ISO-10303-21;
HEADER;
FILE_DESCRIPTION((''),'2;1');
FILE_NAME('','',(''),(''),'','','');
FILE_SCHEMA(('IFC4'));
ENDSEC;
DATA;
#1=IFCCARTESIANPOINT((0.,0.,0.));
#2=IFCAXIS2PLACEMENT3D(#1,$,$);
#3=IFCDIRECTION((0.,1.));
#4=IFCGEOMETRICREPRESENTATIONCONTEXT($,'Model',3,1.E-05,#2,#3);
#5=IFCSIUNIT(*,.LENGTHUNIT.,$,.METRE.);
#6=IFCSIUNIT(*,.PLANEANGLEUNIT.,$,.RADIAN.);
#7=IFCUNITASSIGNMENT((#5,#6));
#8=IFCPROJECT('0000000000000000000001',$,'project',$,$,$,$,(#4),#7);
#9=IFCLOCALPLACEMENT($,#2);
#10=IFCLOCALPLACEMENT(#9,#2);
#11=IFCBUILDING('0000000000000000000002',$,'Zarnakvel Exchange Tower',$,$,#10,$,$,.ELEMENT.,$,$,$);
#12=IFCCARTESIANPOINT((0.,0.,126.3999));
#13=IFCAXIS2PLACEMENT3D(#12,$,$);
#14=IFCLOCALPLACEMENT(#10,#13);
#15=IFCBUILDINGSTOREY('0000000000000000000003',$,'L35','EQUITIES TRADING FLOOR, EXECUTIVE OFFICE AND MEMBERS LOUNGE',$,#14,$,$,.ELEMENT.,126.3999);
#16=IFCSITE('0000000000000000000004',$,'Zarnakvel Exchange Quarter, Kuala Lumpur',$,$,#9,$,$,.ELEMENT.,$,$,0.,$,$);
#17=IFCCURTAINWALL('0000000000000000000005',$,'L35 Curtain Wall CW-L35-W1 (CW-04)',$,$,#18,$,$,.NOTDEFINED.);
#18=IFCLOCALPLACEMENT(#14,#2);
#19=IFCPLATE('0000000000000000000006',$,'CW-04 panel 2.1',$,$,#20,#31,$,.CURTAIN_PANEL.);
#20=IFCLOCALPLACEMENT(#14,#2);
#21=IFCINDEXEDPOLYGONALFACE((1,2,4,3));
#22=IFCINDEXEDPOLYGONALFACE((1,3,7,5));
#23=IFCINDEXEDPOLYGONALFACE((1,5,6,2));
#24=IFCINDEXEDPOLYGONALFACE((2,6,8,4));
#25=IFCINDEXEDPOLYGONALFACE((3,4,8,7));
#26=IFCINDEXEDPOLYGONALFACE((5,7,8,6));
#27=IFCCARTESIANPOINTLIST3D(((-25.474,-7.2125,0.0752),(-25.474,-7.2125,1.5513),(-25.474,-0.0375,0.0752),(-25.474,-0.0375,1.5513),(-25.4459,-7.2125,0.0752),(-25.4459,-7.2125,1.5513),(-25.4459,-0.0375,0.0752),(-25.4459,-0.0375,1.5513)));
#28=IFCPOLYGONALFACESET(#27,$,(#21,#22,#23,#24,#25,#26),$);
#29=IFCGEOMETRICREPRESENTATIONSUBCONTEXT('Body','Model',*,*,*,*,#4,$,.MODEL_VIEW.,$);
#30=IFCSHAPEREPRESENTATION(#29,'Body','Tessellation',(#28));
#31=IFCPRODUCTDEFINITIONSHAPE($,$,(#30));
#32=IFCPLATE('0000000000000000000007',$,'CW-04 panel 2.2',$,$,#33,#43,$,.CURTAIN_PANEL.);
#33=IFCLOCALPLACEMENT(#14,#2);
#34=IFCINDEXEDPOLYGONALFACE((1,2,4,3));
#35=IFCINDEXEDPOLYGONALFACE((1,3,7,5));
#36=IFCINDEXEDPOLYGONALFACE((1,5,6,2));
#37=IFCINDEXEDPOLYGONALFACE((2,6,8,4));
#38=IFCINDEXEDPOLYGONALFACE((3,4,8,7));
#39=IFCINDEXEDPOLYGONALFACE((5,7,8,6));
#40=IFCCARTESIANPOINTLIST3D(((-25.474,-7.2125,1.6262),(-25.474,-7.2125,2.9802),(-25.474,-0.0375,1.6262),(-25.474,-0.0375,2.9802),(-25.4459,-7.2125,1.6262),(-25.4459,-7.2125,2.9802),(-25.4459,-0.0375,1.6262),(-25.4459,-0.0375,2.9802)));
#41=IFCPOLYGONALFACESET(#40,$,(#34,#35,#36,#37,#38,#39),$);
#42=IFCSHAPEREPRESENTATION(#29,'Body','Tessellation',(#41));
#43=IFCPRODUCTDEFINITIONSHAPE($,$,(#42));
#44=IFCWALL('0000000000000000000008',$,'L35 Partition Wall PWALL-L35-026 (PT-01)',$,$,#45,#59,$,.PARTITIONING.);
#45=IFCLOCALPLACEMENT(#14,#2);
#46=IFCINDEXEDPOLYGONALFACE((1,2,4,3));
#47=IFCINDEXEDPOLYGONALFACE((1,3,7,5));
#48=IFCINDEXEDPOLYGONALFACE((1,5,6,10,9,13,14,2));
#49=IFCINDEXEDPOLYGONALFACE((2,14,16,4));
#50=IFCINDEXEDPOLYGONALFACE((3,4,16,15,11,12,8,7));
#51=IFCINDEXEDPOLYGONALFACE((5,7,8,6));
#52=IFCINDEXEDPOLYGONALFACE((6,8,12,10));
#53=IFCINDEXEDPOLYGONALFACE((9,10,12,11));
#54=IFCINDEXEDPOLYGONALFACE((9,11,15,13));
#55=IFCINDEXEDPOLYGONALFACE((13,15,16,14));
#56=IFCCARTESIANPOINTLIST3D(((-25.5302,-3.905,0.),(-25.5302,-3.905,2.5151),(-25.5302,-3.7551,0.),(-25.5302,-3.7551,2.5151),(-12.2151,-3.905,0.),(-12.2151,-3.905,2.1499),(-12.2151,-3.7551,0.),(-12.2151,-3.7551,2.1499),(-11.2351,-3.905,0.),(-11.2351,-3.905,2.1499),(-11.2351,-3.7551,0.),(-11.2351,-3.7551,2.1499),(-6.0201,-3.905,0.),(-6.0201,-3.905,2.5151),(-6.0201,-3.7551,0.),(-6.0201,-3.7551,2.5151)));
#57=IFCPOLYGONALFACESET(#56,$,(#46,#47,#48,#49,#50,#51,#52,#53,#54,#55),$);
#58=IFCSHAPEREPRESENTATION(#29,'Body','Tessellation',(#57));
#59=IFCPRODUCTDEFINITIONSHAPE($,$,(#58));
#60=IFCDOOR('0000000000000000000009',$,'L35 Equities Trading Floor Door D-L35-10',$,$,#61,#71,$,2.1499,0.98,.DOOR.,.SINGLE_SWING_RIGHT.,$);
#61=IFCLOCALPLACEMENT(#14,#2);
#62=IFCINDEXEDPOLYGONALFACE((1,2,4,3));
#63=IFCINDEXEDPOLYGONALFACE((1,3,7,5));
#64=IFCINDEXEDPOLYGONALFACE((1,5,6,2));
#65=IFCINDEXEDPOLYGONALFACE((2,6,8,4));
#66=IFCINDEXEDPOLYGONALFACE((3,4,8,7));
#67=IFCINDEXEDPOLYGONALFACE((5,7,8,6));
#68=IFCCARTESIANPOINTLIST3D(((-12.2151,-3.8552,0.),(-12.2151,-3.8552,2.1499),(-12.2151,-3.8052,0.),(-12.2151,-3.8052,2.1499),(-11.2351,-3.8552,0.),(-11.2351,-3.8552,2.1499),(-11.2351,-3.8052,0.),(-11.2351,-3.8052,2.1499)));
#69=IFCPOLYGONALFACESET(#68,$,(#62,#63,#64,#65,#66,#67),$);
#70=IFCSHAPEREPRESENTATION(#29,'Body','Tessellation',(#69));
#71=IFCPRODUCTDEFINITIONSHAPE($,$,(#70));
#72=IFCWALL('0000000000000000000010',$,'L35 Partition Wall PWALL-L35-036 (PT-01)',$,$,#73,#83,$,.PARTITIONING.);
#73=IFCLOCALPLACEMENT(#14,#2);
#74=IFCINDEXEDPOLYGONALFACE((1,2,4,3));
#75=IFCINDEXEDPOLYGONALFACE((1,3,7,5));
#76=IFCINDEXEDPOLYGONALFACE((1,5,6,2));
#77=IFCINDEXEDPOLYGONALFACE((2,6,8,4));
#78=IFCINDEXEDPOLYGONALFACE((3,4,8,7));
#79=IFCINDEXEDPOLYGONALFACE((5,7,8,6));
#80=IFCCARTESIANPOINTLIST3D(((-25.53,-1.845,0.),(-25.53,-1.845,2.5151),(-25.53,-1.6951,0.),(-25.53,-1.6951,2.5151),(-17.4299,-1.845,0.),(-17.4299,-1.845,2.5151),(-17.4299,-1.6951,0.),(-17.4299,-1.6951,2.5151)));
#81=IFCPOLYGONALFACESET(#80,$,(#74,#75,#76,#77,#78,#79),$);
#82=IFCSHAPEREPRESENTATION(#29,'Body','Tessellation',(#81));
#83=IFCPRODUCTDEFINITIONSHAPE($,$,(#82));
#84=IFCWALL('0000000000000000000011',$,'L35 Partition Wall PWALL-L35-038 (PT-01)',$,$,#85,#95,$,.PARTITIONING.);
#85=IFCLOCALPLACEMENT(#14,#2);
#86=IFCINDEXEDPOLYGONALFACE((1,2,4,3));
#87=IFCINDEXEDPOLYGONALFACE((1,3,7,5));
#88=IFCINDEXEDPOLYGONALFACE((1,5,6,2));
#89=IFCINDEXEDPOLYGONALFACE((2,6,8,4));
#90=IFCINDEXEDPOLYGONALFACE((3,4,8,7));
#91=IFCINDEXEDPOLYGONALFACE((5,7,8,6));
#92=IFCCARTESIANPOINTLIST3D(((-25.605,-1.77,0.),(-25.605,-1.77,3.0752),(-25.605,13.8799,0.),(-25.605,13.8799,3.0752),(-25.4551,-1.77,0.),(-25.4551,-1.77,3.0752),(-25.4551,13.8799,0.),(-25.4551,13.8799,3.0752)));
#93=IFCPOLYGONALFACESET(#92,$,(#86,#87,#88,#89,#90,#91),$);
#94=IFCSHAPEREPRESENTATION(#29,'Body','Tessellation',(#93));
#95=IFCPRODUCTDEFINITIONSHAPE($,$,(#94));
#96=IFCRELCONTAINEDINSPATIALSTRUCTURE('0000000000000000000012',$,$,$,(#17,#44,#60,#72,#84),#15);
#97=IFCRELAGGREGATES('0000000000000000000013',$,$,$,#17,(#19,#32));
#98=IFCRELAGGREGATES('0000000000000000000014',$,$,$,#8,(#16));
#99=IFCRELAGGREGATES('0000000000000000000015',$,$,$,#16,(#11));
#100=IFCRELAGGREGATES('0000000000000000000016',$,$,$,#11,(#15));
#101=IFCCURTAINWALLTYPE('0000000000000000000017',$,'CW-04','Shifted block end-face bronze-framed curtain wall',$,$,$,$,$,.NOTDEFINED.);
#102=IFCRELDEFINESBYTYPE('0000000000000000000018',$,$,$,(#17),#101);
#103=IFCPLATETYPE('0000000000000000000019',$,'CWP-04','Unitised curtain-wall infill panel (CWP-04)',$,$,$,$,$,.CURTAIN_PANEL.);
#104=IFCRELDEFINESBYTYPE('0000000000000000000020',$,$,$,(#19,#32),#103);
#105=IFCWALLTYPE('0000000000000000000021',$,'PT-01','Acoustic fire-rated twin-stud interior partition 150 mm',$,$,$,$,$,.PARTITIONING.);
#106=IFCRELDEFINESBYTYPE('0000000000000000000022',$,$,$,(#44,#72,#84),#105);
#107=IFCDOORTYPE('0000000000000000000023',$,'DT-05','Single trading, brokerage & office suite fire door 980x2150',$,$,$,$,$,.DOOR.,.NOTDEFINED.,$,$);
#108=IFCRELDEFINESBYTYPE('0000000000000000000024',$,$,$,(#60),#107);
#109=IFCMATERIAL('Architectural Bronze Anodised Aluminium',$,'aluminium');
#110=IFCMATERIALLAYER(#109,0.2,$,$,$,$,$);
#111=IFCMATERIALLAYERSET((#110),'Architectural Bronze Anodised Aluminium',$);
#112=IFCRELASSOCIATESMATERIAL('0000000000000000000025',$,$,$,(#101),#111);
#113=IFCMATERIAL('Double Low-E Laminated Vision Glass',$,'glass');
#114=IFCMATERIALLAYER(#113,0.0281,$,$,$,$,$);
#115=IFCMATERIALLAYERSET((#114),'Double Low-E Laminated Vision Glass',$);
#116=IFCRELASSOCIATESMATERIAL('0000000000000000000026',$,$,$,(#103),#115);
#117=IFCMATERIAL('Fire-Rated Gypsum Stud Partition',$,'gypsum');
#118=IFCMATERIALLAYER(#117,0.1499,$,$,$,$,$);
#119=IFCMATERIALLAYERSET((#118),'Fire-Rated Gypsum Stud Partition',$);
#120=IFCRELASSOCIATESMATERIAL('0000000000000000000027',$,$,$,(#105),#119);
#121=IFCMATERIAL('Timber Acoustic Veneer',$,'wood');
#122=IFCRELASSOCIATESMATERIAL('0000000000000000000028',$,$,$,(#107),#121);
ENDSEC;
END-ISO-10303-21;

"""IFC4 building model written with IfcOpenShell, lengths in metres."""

from ifc_helpers import new_model, si_unit, direction, frame, frame_2d, origin, origin_2d, place, context, subcontext, project, spatial, rectangle, extrude, source, transform, mapped, material, layer, layer_set, type_object, element, fill, aggregate, save


model = new_model("IFC4")

# Units and contexts
model_context = context("Model", 3, precision=1e-05, world=origin(), true_north=direction((0.0, 1.0)))
body_context = subcontext(model_context, "Body", "Model", "MODEL_VIEW")
ifc_project = project(units=[si_unit("LENGTHUNIT", "METRE"), si_unit("PLANEANGLEUNIT", "RADIAN")], contexts=[model_context])

# Site, building, storey
site_placement = place(None, origin())
site = spatial("IfcSite", under=ifc_project, at=site_placement, Name="Zarnakvel Exchange Quarter, Kuala Lumpur", CompositionType="ELEMENT", RefElevation=0.0)
building_placement = place(site_placement, origin())
building = spatial("IfcBuilding", under=site, at=building_placement, Name="Zarnakvel Exchange Tower", CompositionType="ELEMENT")
storey_placement = place(building_placement, frame((0.0, 0.0, 126.3999)))
storey = spatial("IfcBuildingStorey", under=building, at=storey_placement, Name="L35", Description="EQUITIES TRADING FLOOR, EXECUTIVE OFFICE AND MEMBERS LOUNGE", CompositionType="ELEMENT", Elevation=126.3999)

# Curtain wall, plates
ifc_material_1 = material(Name="Architectural Bronze Anodised Aluminium", Category="aluminium")
ifc_layer_1 = layer(ifc_material_1, 0.2)
ifc_layer_set_1 = layer_set([ifc_layer_1], Name="Architectural Bronze Anodised Aluminium")
curtain_wall_type = type_object("IfcCurtainWallType", Name="CW-04", Description="Shifted block end-face bronze-framed curtain wall", PredefinedType="NOTDEFINED", material=ifc_layer_set_1)
curtain_wall_placement = place(storey_placement, origin())
curtain_wall = element("IfcCurtainWall", 1, at=curtain_wall_placement, inside=storey, type_object=curtain_wall_type, Name="L35 Curtain Wall CW-L35-W1 (CW-04)", PredefinedType="NOTDEFINED")
ifc_material_2 = material(Name="Double Low-E Laminated Vision Glass", Category="glass")
ifc_layer_2 = layer(ifc_material_2, 0.0281)
ifc_layer_set_2 = layer_set([ifc_layer_2], Name="Double Low-E Laminated Vision Glass")
plate_type = type_object("IfcPlateType", Name="CWP-04", Description="Unitised curtain-wall infill panel (CWP-04)", PredefinedType="CURTAIN_PANEL", material=ifc_layer_set_2)
shared_shape_1 = source(origin(), body_context, "Body", "SweptSolid", [
    extrude(rectangle(XDim=7.175, YDim=0.0281, at=origin_2d()), origin(), (0.0, 0.0, 1.0), 1.4761),
])
plate_1_placement = place(storey_placement, frame((-25.46, -3.625, 0.0752), z_axis=(0.0, 0.0, 1.0), x_axis=(0.0, 1.0, 0.0)))
plate_1 = element("IfcPlate", 2, at=plate_1_placement, type_object=plate_type, Name="CW-04 panel 2.1", PredefinedType="CURTAIN_PANEL", context=body_context, shape_type="MappedRepresentation", body=[
    mapped(shared_shape_1, transform((0.0, 0.0, 0.0), x_axis=(1.0, 0.0, 0.0), y_axis=(0.0, 1.0, 0.0), z_axis=(0.0, 0.0, 1.0), scale=1.0)),
])
shared_shape_2 = source(origin(), body_context, "Body", "SweptSolid", [
    extrude(rectangle(XDim=7.175, YDim=0.0281, at=origin_2d()), origin(), (0.0, 0.0, 1.0), 1.354),
])
plate_2_placement = place(storey_placement, frame((-25.46, -3.625, 1.6262), z_axis=(0.0, 0.0, 1.0), x_axis=(0.0, 1.0, 0.0)))
plate_2 = element("IfcPlate", 3, at=plate_2_placement, type_object=plate_type, Name="CW-04 panel 2.2", PredefinedType="CURTAIN_PANEL", context=body_context, shape_type="MappedRepresentation", body=[
    mapped(shared_shape_2, transform((0.0, 0.0, 0.0), x_axis=(1.0, 0.0, 0.0), y_axis=(0.0, 1.0, 0.0), z_axis=(0.0, 0.0, 1.0), scale=1.0)),
])
aggregate(curtain_wall, [plate_1, plate_2])

# Wall, opening, door
ifc_material_3 = material(Name="Fire-Rated Gypsum Stud Partition", Category="gypsum")
ifc_layer_3 = layer(ifc_material_3, 0.1499)
ifc_layer_set_3 = layer_set([ifc_layer_3], Name="Fire-Rated Gypsum Stud Partition")
wall_type = type_object("IfcWallType", Name="PT-01", Description="Acoustic fire-rated twin-stud interior partition 150 mm", PredefinedType="PARTITIONING", material=ifc_layer_set_3)
wall_1_placement = place(storey_placement, frame((-25.53, -3.8301, 0.0), z_axis=(0.0, 0.0, 1.0), x_axis=(1.0, 0.0, 0.0)))
wall_1 = element("IfcWall", 4, at=wall_1_placement, inside=storey, type_object=wall_type, Name="L35 Partition Wall PWALL-L35-026 (PT-01)", PredefinedType="PARTITIONING", context=body_context, shape_type="SweptSolid", body=[
    extrude(rectangle(XDim=19.51, YDim=0.1499, at=frame_2d((9.7549, 0.0))), origin(), (0.0, 0.0, 1.0), 2.5151),
])
opening_placement = place(wall_1_placement, frame((13.3149, 0.0, 0.0)))
opening = element("IfcOpeningElement", 5, at=opening_placement, cuts=wall_1, PredefinedType="OPENING", context=body_context, shape_type="SweptSolid", body=[
    extrude(rectangle(XDim=0.98, YDim=2.1499, at=frame_2d((0.49, 1.075))), frame((0.0, 0.085, 0.0), z_axis=(0.0, -1.0, 0.0), x_axis=(1.0, 0.0, 0.0)), (0.0, 0.0, 1.0), 0.1699),
])
ifc_material_4 = material(Name="Timber Acoustic Veneer", Category="wood")
door_type = type_object("IfcDoorType", Name="DT-05", Description="Single trading, brokerage & office suite fire door 980x2150", OperationType="NOTDEFINED", PredefinedType="DOOR", material=ifc_material_4)
shared_shape_3 = source(origin(), body_context, "Body", "SweptSolid", [
    extrude(rectangle(XDim=0.98, YDim=2.1499, at=frame_2d((0.49, 1.075))), frame((0.0, 0.0249, 0.0), z_axis=(0.0, -1.0, 0.0), x_axis=(1.0, 0.0, 0.0)), (0.0, 0.0, 1.0), 0.05),
])
door_placement = place(opening_placement, origin())
door = element("IfcDoor", 6, at=door_placement, inside=storey, type_object=door_type, Name="L35 Equities Trading Floor Door D-L35-10", OperationType="SINGLE_SWING_RIGHT", OverallHeight=2.1499, OverallWidth=0.98, PredefinedType="DOOR", context=body_context, shape_type="MappedRepresentation", body=[
    mapped(shared_shape_3, transform((0.0, 0.0, 0.0), x_axis=(1.0, 0.0, 0.0), y_axis=(0.0, 1.0, 0.0), z_axis=(0.0, 0.0, 1.0), scale=1.0)),
])
fill(opening, door)

# Walls
wall_2_placement = place(storey_placement, frame((-17.4299, -1.77, 0.0), z_axis=(0.0, 0.0, 1.0), x_axis=(-1.0, 0.0, 0.0)))
element("IfcWall", 7, at=wall_2_placement, inside=storey, type_object=wall_type, Name="L35 Partition Wall PWALL-L35-036 (PT-01)", PredefinedType="PARTITIONING", context=body_context, shape_type="SweptSolid", body=[
    extrude(rectangle(XDim=8.1001, YDim=0.1499, at=frame_2d((4.05, 0.0))), origin(), (0.0, 0.0, 1.0), 2.5151),
])
wall_3_placement = place(storey_placement, frame((-25.53, -1.77, 0.0), z_axis=(0.0, 0.0, 1.0), x_axis=(0.0, 1.0, 0.0)))
element("IfcWall", 8, at=wall_3_placement, inside=storey, type_object=wall_type, Name="L35 Partition Wall PWALL-L35-038 (PT-01)", PredefinedType="PARTITIONING", context=body_context, shape_type="SweptSolid", body=[
    extrude(rectangle(XDim=15.6499, YDim=0.1499, at=frame_2d((7.825, 0.0))), origin(), (0.0, 0.0, 1.0), 3.0752),
])

save(model, "model.ifc")
